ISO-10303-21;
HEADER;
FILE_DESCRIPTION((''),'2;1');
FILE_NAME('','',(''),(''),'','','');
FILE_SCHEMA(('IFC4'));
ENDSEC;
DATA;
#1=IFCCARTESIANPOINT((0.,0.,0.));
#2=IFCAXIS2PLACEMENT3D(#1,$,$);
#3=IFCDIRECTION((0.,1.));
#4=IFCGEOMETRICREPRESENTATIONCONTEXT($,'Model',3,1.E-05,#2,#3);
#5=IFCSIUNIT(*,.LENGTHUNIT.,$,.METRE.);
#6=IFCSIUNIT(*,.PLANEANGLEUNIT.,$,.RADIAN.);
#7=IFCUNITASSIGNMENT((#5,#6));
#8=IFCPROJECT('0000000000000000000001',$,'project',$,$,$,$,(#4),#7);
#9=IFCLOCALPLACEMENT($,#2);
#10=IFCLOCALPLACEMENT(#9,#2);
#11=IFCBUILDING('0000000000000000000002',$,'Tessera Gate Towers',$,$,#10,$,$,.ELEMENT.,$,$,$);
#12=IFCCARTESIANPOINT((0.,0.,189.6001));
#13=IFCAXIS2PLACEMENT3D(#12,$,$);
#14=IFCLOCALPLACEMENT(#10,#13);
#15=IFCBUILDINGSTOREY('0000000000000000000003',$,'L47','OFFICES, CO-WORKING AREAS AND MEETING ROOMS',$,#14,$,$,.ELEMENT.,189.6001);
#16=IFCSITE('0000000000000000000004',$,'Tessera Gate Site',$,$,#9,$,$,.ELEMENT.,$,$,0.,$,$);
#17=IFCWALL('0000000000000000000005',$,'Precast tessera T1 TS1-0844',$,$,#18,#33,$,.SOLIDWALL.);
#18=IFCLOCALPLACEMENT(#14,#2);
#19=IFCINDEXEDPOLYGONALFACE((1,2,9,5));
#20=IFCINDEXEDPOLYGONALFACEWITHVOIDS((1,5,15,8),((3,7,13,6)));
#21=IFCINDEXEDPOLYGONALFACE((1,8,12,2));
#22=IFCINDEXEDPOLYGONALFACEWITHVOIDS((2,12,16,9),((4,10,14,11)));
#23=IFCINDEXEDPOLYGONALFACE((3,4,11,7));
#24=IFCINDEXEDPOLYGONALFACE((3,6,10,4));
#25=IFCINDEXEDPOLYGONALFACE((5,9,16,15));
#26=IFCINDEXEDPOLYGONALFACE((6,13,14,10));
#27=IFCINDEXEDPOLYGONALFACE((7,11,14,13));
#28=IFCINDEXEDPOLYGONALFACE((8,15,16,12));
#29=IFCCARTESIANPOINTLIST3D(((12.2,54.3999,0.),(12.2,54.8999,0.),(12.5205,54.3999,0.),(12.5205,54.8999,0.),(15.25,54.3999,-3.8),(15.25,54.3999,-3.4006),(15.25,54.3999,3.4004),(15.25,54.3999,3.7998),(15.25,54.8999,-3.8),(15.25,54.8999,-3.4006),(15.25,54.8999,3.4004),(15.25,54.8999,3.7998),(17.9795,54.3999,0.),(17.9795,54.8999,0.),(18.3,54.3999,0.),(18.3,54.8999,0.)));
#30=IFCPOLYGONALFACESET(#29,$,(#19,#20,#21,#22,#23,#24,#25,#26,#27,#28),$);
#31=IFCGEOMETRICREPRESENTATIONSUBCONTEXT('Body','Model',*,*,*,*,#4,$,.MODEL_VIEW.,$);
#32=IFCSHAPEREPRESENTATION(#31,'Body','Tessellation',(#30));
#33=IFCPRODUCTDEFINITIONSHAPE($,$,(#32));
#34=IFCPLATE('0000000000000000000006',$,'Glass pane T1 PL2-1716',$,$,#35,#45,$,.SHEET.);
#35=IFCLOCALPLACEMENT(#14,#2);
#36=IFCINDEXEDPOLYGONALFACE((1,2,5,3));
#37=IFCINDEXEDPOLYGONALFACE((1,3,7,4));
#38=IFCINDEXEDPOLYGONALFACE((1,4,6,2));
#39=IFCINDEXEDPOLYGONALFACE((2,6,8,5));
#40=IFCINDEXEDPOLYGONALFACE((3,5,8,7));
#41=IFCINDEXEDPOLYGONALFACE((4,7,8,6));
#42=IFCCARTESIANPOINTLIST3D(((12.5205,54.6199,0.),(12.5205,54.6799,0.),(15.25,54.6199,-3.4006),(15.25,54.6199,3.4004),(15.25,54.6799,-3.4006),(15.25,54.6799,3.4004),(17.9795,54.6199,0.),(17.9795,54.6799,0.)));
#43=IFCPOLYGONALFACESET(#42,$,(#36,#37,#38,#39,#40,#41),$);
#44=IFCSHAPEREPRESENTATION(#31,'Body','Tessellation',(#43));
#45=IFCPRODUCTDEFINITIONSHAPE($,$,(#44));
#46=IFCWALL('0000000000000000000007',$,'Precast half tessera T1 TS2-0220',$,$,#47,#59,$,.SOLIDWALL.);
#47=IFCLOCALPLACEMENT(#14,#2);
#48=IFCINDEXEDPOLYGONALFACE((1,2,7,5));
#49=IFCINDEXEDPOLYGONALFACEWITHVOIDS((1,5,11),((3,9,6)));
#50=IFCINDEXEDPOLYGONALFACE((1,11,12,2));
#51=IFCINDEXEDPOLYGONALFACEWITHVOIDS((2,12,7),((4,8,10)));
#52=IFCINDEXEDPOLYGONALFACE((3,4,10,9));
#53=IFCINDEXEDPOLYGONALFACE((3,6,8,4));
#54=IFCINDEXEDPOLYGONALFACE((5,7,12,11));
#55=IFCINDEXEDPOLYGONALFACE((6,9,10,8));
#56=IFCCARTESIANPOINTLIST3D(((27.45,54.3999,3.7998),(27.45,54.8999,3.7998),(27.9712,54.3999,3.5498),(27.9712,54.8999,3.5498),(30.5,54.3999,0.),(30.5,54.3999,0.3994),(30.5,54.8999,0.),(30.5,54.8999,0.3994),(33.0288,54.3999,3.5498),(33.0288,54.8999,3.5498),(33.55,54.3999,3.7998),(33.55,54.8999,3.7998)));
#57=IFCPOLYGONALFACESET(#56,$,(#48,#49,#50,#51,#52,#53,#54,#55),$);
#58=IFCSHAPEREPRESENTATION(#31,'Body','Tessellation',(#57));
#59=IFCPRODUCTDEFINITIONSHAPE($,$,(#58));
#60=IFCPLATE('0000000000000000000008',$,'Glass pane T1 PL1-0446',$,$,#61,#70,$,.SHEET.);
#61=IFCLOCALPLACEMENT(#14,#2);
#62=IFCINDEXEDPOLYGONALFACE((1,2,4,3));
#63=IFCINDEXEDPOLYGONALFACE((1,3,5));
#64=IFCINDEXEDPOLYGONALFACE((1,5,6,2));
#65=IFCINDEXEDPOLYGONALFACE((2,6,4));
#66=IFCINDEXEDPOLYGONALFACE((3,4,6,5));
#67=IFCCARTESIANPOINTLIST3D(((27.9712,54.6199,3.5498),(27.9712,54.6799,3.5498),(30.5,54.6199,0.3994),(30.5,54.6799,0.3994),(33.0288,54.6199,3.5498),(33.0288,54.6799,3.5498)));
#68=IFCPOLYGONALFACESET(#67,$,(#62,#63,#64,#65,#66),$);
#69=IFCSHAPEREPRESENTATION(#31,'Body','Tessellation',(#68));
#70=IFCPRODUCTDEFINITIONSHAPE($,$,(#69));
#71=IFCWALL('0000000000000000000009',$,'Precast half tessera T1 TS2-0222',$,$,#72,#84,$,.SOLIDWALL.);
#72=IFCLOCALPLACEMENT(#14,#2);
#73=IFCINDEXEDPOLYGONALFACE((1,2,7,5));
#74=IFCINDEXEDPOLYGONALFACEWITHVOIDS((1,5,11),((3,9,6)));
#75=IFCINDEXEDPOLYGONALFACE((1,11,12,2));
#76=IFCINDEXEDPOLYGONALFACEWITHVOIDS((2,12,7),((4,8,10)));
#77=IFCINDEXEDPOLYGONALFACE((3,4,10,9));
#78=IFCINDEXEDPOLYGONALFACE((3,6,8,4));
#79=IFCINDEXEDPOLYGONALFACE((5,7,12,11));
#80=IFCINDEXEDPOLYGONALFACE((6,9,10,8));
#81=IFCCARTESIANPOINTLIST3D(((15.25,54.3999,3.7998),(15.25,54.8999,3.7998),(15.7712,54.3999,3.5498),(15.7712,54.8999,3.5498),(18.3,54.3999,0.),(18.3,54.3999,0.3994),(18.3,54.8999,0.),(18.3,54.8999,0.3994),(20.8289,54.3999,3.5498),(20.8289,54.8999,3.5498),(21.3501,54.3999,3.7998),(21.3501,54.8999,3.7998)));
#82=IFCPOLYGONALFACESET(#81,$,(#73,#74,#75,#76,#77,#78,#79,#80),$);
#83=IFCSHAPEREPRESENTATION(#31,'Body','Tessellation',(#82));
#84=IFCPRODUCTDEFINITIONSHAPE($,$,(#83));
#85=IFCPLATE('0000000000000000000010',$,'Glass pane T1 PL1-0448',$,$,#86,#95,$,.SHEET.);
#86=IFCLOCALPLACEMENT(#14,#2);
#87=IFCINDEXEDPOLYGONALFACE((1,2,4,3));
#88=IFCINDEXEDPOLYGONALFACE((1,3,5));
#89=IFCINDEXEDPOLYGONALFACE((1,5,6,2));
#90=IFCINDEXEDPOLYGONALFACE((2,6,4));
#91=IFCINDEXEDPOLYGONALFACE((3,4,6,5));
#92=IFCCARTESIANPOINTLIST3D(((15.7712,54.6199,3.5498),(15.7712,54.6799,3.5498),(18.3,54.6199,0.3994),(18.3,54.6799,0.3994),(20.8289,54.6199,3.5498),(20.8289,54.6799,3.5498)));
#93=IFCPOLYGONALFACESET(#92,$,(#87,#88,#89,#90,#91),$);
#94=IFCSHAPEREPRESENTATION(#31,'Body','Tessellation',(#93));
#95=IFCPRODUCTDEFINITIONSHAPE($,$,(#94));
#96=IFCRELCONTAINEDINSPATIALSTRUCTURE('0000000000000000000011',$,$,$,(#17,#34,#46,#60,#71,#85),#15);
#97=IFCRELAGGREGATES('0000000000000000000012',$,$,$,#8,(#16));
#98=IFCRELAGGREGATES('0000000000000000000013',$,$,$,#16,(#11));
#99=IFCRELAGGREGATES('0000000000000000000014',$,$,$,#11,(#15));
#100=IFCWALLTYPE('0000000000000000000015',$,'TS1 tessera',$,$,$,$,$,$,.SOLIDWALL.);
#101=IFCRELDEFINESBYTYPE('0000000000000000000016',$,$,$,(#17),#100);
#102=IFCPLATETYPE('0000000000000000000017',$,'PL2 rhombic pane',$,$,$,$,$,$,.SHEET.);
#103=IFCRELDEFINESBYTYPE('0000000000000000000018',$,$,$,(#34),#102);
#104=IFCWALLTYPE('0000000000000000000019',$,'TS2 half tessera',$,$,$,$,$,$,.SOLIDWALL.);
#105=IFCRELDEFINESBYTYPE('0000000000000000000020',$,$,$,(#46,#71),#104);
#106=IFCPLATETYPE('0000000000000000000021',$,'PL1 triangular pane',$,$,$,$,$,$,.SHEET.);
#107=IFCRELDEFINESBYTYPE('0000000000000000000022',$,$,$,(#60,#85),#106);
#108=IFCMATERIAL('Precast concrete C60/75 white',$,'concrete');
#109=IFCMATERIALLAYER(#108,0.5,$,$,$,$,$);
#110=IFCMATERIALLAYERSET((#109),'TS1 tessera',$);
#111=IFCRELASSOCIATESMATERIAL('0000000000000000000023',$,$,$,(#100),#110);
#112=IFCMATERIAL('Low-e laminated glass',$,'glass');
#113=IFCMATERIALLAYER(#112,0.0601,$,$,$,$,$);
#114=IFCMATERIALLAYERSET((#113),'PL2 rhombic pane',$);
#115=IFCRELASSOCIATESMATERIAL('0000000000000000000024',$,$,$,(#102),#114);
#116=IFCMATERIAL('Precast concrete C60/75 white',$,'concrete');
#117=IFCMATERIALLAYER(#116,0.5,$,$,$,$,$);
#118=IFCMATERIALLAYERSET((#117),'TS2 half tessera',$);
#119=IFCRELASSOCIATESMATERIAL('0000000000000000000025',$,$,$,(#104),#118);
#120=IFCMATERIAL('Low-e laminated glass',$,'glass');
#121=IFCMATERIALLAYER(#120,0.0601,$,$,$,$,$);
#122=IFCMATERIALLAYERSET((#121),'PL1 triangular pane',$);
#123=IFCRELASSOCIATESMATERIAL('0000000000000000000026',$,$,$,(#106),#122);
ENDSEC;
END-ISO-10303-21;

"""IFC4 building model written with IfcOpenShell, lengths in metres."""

from ifc_helpers import new_model, si_unit, direction, frame, origin, place, context, subcontext, project, spatial, polyline, outline, extrude, source, transform, mapped, material, layer, layer_set, type_object, element, fill, save


model = new_model("IFC4")

# Units and contexts
model_context = context("Model", 3, precision=1e-05, world=origin(), true_north=direction((0.0, 1.0)))
body_context = subcontext(model_context, "Body", "Model", "MODEL_VIEW")
ifc_project = project(units=[si_unit("LENGTHUNIT", "METRE"), si_unit("PLANEANGLEUNIT", "RADIAN")], contexts=[model_context])

# Site, building, storey
site_placement = place(None, origin())
site = spatial("IfcSite", under=ifc_project, at=site_placement, Name="Tessera Gate Site", CompositionType="ELEMENT", RefElevation=0.0)
building_placement = place(site_placement, origin())
building = spatial("IfcBuilding", under=site, at=building_placement, Name="Tessera Gate Towers", CompositionType="ELEMENT")
storey_placement = place(building_placement, frame((0.0, 0.0, 189.6001)))
storey = spatial("IfcBuildingStorey", under=building, at=storey_placement, Name="L47", Description="OFFICES, CO-WORKING AREAS AND MEETING ROOMS", CompositionType="ELEMENT", Elevation=189.6001)

# Walls, openings, plates
ifc_material_1 = material(Name="Precast concrete C60/75 white", Category="concrete")
ifc_layer_1 = layer(ifc_material_1, 0.5)
ifc_layer_set_1 = layer_set([ifc_layer_1], Name="TS1 tessera")
wall_type_1 = type_object("IfcWallType", Name="TS1 tessera", PredefinedType="SOLIDWALL", material=ifc_layer_set_1)
shared_shape_1 = source(origin(), body_context, "Body", "SweptSolid", [
    extrude(outline(polyline([(3.05, 0.0), (6.1001, 3.8), (3.05, 7.5999), (0.0, 3.8), (3.05, 0.0)])), frame((0.0, 0.25, 0.0), z_axis=(0.0, -1.0, 0.0), x_axis=(1.0, 0.0, 0.0)), (0.0, 0.0, 1.0), 0.5),
])
shared_shape_2 = source(origin(), body_context, "Body", "SweptSolid", [
    extrude(outline(polyline([(3.05, 0.3994), (5.7795, 3.8), (3.05, 7.2004), (0.3206, 3.8), (3.05, 0.3994)])), frame((0.0, 0.26, 0.0), z_axis=(0.0, -1.0, 0.0), x_axis=(1.0, 0.0, 0.0)), (0.0, 0.0, 1.0), 0.52),
])
ifc_material_2 = material(Name="Low-e laminated glass", Category="glass")
ifc_layer_2 = layer(ifc_material_2, 0.0601)
ifc_layer_set_2 = layer_set([ifc_layer_2], Name="PL2 rhombic pane")
plate_type_1 = type_object("IfcPlateType", Name="PL2 rhombic pane", PredefinedType="SHEET", material=ifc_layer_set_2)
shared_shape_3 = source(origin(), body_context, "Body", "SweptSolid", [
    extrude(outline(polyline([(3.05, 0.3994), (5.7795, 3.8), (3.05, 7.2004), (0.3206, 3.8), (3.05, 0.3994)])), frame((0.0, 0.03, 0.0), z_axis=(0.0, -1.0, 0.0), x_axis=(1.0, 0.0, 0.0)), (0.0, 0.0, 1.0), 0.0601),
])
wall_1_placement = place(storey_placement, frame((18.3, 54.6499, -3.8), z_axis=(0.0, 0.0, 1.0), x_axis=(-1.0, 0.0, 0.0)))
wall_1 = element("IfcWall", 1, at=wall_1_placement, inside=storey, type_object=wall_type_1, Name="Precast tessera T1 TS1-0844", PredefinedType="SOLIDWALL", context=body_context, shape_type="MappedRepresentation", body=[
    mapped(shared_shape_1, transform((0.0, 0.0, 0.0), scale=1.0)),
])
opening_1_placement = place(wall_1_placement, origin())
opening_1 = element("IfcOpeningElement", 2, at=opening_1_placement, cuts=wall_1, PredefinedType="OPENING", context=body_context, shape_type="MappedRepresentation", body=[
    mapped(shared_shape_2, transform((0.0, 0.0, 0.0), scale=1.0)),
])
plate_1_placement = place(opening_1_placement, origin())
plate_1 = element("IfcPlate", 3, at=plate_1_placement, inside=storey, type_object=plate_type_1, Name="Glass pane T1 PL2-1716", PredefinedType="SHEET", context=body_context, shape_type="MappedRepresentation", body=[
    mapped(shared_shape_3, transform((0.0, 0.0, 0.0), scale=1.0)),
])
fill(opening_1, plate_1)
ifc_material_3 = material(Name="Precast concrete C60/75 white", Category="concrete")
ifc_layer_3 = layer(ifc_material_3, 0.5)
ifc_layer_set_3 = layer_set([ifc_layer_3], Name="TS2 half tessera")
wall_type_2 = type_object("IfcWallType", Name="TS2 half tessera", PredefinedType="SOLIDWALL", material=ifc_layer_set_3)
shared_shape_4 = source(origin(), body_context, "Body", "SweptSolid", [
    extrude(outline(polyline([(3.05, 0.0), (6.1001, 3.7998), (0.0, 3.7998), (3.05, 0.0)])), frame((0.0, 0.25, 0.0), z_axis=(0.0, -1.0, 0.0), x_axis=(1.0, 0.0, 0.0)), (0.0, 0.0, 1.0), 0.5),
])
wall_2_placement = place(storey_placement, frame((33.55, 54.6499, 0.0), z_axis=(0.0, 0.0, 1.0), x_axis=(-1.0, 0.0, 0.0)))
wall_2 = element("IfcWall", 4, at=wall_2_placement, inside=storey, type_object=wall_type_2, Name="Precast half tessera T1 TS2-0220", PredefinedType="SOLIDWALL", context=body_context, shape_type="MappedRepresentation", body=[
    mapped(shared_shape_4, transform((0.0, 0.0, 0.0), scale=1.0)),
])
shared_shape_5 = source(origin(), body_context, "Body", "SweptSolid", [
    extrude(outline(polyline([(3.05, 0.3994), (5.5789, 3.5498), (0.5212, 3.5498), (3.05, 0.3994)])), frame((0.0, 0.26, 0.0), z_axis=(0.0, -1.0, 0.0), x_axis=(1.0, 0.0, 0.0)), (0.0, 0.0, 1.0), 0.52),
])
opening_2_placement = place(wall_2_placement, origin())
opening_2 = element("IfcOpeningElement", 5, at=opening_2_placement, cuts=wall_2, PredefinedType="OPENING", context=body_context, shape_type="MappedRepresentation", body=[
    mapped(shared_shape_5, transform((0.0, 0.0, 0.0), scale=1.0)),
])
ifc_material_4 = material(Name="Low-e laminated glass", Category="glass")
ifc_layer_4 = layer(ifc_material_4, 0.0601)
ifc_layer_set_4 = layer_set([ifc_layer_4], Name="PL1 triangular pane")
plate_type_2 = type_object("IfcPlateType", Name="PL1 triangular pane", PredefinedType="SHEET", material=ifc_layer_set_4)
shared_shape_6 = source(origin(), body_context, "Body", "SweptSolid", [
    extrude(outline(polyline([(3.05, 0.3994), (5.5789, 3.5498), (0.5212, 3.5498), (3.05, 0.3994)])), frame((0.0, 0.03, 0.0), z_axis=(0.0, -1.0, 0.0), x_axis=(1.0, 0.0, 0.0)), (0.0, 0.0, 1.0), 0.0601),
])
plate_2_placement = place(opening_2_placement, origin())
plate_2 = element("IfcPlate", 6, at=plate_2_placement, inside=storey, type_object=plate_type_2, Name="Glass pane T1 PL1-0446", PredefinedType="SHEET", context=body_context, shape_type="MappedRepresentation", body=[
    mapped(shared_shape_6, transform((0.0, 0.0, 0.0), scale=1.0)),
])
fill(opening_2, plate_2)
wall_3_placement = place(storey_placement, frame((21.3501, 54.6499, 0.0), z_axis=(0.0, 0.0, 1.0), x_axis=(-1.0, 0.0, 0.0)))
wall_3 = element("IfcWall", 7, at=wall_3_placement, inside=storey, type_object=wall_type_2, Name="Precast half tessera T1 TS2-0222", PredefinedType="SOLIDWALL", context=body_context, shape_type="MappedRepresentation", body=[
    mapped(shared_shape_4, transform((0.0, 0.0, 0.0), scale=1.0)),
])
opening_3_placement = place(wall_3_placement, origin())
opening_3 = element("IfcOpeningElement", 8, at=opening_3_placement, cuts=wall_3, PredefinedType="OPENING", context=body_context, shape_type="MappedRepresentation", body=[
    mapped(shared_shape_5, transform((0.0, 0.0, 0.0), scale=1.0)),
])
plate_3_placement = place(opening_3_placement, origin())
plate_3 = element("IfcPlate", 9, at=plate_3_placement, inside=storey, type_object=plate_type_2, Name="Glass pane T1 PL1-0448", PredefinedType="SHEET", context=body_context, shape_type="MappedRepresentation", body=[
    mapped(shared_shape_6, transform((0.0, 0.0, 0.0), scale=1.0)),
])
fill(opening_3, plate_3)

save(model, "model.ifc")
